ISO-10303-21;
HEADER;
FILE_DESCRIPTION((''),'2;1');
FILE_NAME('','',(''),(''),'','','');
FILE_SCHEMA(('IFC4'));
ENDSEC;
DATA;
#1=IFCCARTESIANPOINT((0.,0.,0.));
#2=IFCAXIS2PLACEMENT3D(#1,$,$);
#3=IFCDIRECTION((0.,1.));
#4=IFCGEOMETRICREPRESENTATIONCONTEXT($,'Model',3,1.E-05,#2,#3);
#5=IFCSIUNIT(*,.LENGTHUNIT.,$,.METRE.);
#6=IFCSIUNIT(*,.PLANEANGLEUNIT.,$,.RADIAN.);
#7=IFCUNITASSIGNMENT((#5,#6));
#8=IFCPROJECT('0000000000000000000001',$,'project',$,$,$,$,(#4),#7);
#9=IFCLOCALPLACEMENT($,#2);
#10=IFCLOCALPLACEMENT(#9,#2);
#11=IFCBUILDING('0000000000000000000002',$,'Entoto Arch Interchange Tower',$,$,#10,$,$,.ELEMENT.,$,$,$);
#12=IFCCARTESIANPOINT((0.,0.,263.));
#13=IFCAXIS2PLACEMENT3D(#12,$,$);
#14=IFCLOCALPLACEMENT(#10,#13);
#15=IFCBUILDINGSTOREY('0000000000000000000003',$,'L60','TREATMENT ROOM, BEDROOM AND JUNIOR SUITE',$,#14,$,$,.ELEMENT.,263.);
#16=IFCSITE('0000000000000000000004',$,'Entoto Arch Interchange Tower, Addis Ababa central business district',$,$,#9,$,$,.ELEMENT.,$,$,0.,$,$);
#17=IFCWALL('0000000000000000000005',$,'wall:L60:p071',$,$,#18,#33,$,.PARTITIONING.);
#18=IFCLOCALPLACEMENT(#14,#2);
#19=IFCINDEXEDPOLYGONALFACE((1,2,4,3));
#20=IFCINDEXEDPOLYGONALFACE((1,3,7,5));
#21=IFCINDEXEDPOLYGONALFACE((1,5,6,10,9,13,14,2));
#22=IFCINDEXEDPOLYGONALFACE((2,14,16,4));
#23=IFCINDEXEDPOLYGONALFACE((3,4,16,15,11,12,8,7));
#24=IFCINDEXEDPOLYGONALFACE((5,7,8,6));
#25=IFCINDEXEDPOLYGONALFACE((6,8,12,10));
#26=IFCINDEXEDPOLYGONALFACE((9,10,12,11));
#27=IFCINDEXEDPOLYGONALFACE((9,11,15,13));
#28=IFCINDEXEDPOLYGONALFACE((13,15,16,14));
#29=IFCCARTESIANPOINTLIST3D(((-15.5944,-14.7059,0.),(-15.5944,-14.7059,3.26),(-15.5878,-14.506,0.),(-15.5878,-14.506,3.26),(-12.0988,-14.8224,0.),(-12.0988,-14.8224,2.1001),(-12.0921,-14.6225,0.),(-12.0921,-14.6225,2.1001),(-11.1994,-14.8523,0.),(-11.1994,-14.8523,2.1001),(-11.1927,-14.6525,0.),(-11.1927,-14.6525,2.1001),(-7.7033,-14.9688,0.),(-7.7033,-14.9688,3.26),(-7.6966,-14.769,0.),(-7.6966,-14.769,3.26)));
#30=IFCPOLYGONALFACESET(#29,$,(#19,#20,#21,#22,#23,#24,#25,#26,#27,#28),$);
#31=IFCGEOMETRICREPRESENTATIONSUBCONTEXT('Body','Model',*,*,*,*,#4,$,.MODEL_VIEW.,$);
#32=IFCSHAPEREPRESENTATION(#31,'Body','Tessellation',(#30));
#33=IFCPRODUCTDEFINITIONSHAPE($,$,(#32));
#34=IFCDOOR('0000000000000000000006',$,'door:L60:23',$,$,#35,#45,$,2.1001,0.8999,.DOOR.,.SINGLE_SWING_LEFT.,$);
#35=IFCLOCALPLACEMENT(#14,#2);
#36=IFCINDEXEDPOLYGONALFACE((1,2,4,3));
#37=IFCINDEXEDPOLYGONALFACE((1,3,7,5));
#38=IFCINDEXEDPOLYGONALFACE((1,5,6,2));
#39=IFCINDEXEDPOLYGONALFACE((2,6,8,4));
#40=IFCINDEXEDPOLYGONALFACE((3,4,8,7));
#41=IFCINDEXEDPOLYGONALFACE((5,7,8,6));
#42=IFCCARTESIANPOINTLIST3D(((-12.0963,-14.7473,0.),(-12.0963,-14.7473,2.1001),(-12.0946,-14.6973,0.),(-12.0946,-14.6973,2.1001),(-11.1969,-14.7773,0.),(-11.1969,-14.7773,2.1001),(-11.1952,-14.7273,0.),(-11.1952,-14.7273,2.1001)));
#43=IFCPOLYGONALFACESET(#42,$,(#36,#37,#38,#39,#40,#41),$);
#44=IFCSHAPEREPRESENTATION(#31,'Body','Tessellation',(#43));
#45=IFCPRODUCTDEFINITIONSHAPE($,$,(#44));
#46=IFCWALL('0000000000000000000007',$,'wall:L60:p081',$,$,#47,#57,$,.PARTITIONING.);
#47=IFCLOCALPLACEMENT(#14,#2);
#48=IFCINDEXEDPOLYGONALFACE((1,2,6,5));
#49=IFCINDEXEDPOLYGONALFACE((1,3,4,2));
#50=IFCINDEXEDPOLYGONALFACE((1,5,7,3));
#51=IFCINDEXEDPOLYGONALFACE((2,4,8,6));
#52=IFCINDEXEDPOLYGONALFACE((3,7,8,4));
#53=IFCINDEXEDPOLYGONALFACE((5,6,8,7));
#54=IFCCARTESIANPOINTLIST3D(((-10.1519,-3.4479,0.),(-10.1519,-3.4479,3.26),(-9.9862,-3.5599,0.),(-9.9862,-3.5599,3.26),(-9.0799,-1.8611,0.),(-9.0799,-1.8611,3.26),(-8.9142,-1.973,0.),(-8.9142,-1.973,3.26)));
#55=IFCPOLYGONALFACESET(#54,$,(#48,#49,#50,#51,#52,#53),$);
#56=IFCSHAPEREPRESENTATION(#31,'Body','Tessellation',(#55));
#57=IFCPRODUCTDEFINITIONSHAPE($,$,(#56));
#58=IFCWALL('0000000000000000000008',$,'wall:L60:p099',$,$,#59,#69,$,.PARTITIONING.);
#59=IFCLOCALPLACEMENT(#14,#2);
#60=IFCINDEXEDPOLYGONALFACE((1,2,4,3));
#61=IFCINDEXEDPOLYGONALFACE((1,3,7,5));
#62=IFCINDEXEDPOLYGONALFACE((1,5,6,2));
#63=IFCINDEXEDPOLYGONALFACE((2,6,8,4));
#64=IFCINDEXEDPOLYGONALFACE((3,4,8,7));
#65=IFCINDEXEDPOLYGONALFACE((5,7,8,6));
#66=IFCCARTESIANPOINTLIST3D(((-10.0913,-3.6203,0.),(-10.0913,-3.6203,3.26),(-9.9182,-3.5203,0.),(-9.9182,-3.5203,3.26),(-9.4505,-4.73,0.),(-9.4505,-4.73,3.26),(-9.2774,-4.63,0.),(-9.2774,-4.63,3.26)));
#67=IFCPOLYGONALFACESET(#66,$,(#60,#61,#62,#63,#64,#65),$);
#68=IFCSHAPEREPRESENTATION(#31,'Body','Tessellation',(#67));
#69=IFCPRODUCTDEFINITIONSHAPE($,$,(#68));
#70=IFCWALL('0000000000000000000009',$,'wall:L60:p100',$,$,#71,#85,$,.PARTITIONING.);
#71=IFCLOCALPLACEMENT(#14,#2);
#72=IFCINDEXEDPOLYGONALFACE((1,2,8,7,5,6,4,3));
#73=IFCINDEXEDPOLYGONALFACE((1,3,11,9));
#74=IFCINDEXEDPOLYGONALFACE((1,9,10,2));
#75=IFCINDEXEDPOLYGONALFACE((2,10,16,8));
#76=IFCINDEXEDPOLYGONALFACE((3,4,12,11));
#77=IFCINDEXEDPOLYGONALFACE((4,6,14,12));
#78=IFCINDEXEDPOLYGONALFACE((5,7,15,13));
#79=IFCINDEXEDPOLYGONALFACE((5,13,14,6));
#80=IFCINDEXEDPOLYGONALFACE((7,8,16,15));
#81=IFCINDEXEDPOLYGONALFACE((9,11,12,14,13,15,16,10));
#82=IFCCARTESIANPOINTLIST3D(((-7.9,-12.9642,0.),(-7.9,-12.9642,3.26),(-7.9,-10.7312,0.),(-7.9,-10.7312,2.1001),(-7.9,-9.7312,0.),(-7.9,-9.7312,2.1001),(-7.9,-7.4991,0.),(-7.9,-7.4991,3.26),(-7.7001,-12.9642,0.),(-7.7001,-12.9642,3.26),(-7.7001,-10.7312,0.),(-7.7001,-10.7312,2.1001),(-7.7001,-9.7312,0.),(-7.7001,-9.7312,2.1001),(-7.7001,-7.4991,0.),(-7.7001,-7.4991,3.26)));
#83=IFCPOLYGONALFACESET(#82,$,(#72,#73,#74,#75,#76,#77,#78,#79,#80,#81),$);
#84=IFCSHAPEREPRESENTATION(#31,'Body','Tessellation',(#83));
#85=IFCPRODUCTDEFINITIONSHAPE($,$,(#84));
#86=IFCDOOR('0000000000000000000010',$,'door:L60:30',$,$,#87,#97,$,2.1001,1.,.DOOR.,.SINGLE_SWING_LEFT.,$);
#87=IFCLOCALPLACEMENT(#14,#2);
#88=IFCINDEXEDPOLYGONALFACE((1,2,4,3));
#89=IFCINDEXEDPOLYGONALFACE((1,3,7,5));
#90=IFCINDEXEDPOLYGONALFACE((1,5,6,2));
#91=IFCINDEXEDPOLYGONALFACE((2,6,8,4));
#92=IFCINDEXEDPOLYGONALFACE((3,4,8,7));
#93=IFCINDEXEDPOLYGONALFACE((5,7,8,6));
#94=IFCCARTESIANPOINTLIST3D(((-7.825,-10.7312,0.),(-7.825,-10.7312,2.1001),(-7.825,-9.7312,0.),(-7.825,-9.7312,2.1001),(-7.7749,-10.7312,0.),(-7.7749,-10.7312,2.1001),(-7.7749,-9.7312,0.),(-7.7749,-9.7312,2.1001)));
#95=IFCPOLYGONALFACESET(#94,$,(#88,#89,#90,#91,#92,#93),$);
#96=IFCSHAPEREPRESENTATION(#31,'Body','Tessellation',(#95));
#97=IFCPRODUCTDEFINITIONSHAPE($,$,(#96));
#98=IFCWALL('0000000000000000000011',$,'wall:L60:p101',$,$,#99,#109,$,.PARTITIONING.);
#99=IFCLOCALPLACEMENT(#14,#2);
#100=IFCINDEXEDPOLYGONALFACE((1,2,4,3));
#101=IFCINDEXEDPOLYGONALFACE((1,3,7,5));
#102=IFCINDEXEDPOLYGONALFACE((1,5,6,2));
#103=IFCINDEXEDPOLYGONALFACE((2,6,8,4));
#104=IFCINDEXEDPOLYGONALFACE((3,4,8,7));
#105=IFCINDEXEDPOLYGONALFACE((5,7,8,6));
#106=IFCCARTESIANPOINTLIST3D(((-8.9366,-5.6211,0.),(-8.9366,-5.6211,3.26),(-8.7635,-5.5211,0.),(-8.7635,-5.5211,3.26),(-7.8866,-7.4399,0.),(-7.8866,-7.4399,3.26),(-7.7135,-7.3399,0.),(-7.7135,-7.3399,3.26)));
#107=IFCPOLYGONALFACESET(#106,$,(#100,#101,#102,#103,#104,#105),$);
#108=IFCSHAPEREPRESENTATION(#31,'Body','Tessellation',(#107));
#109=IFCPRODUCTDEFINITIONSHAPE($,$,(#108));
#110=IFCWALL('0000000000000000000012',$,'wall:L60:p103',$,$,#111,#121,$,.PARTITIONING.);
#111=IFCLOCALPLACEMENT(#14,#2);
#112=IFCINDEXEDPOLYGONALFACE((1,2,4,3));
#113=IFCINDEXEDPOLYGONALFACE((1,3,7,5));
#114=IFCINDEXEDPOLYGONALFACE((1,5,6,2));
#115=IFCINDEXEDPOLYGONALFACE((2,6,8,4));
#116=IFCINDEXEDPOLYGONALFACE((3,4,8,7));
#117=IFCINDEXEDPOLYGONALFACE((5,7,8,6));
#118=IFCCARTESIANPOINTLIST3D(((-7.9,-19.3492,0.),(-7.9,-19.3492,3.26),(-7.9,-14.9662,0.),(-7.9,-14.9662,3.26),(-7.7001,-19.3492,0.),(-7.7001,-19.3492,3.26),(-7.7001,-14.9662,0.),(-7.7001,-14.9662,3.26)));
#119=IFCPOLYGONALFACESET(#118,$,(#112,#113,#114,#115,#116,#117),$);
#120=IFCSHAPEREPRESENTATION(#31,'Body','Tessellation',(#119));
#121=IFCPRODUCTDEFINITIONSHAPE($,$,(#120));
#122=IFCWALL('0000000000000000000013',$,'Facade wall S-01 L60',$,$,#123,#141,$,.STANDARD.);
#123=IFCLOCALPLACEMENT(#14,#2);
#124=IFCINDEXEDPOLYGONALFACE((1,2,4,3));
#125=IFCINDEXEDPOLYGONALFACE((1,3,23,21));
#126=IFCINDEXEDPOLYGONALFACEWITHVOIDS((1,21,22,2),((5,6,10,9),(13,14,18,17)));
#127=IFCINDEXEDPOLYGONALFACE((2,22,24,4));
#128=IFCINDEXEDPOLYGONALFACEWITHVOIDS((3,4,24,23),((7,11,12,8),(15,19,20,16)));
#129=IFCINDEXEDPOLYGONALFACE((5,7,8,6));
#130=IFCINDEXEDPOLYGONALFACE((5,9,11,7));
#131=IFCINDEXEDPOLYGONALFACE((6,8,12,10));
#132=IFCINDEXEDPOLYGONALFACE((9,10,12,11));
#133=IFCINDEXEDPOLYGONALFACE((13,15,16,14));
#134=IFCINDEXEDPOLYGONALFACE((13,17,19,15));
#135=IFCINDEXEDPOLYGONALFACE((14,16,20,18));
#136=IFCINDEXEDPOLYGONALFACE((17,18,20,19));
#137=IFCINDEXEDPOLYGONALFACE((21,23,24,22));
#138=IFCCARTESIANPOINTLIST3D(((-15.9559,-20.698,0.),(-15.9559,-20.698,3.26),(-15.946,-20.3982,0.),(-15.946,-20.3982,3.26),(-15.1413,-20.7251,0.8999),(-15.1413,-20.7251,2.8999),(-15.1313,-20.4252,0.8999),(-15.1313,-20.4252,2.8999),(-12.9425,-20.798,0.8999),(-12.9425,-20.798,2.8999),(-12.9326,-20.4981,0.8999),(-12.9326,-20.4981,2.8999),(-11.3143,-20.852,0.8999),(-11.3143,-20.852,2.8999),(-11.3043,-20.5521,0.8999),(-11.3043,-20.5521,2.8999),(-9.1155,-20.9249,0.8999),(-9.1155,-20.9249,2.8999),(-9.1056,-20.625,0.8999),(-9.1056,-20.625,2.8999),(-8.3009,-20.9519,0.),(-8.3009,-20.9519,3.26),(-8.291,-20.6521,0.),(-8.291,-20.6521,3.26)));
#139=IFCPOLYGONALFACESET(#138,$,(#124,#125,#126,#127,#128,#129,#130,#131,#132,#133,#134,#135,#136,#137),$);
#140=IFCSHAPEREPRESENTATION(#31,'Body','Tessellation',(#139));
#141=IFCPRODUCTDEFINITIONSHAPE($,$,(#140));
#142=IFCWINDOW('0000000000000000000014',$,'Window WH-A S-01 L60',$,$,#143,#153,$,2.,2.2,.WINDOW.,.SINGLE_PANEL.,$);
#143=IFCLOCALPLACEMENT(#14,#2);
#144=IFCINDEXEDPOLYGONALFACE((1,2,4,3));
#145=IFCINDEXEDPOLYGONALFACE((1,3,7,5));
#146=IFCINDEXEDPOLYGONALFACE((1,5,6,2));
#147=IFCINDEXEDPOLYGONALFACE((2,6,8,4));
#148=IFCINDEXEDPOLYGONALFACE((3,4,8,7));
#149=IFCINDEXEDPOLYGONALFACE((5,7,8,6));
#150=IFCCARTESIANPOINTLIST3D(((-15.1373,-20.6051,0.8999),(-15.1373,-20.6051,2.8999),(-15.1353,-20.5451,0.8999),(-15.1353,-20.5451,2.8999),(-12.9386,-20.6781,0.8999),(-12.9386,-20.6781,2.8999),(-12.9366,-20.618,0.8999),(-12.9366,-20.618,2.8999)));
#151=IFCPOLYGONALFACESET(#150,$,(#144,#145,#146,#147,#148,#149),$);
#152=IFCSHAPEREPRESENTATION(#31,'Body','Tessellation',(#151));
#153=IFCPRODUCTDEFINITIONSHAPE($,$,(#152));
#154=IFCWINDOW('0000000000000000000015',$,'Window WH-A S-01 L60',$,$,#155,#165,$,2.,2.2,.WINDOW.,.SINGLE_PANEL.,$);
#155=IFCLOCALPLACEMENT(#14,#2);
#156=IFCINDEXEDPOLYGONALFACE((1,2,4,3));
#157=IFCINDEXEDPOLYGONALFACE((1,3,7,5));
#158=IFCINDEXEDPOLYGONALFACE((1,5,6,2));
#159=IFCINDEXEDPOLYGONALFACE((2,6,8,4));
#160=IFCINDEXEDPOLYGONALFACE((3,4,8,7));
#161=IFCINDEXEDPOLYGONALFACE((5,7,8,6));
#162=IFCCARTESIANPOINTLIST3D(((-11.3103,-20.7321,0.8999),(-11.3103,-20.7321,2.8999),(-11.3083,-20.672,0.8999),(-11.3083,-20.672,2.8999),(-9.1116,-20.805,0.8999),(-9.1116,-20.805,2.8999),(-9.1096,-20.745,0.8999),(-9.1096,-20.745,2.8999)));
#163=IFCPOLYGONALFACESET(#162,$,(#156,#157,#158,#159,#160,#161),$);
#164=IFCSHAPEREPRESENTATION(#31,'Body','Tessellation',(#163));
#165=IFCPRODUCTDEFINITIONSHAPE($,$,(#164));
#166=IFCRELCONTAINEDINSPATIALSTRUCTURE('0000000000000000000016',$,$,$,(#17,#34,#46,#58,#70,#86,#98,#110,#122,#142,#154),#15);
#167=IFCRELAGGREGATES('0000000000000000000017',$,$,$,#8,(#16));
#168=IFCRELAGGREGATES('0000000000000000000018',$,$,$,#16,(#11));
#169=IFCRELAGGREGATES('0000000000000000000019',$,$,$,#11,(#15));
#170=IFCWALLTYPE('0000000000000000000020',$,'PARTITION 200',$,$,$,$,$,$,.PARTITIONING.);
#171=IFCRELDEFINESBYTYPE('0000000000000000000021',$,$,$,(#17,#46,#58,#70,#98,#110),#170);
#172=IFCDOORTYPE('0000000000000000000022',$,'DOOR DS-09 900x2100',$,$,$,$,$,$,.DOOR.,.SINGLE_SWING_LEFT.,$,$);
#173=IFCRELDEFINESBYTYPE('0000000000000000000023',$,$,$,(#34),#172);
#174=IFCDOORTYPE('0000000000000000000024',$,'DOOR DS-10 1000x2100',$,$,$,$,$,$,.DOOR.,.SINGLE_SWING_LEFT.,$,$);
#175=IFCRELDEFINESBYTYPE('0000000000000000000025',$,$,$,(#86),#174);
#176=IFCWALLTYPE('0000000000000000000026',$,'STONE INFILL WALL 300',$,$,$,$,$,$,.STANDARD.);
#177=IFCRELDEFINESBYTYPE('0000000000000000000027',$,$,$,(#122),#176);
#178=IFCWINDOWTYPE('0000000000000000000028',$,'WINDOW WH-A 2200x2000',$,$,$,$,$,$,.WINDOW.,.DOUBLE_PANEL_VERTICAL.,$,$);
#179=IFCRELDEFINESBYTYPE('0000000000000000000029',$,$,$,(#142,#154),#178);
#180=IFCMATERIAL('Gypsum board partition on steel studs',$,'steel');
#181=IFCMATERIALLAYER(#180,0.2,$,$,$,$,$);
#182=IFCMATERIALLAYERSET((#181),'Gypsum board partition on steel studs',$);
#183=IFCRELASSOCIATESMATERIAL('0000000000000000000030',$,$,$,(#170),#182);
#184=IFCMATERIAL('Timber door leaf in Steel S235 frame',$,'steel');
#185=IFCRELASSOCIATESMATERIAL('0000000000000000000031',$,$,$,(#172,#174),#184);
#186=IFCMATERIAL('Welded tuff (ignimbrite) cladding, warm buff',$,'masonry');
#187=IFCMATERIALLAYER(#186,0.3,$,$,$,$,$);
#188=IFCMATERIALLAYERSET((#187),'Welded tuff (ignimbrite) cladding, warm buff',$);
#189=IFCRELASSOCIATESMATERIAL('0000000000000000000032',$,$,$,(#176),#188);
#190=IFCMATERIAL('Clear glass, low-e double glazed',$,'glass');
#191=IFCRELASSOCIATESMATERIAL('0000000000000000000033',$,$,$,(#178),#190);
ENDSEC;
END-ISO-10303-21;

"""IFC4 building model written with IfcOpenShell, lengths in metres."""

from ifc_helpers import new_model, si_unit, direction, frame, frame_2d, origin, place, context, subcontext, project, spatial, rectangle, extrude, material, layer, layer_set, type_object, element, fill, save


model = new_model("IFC4")

# Units and contexts
model_context = context("Model", 3, precision=1e-05, world=origin(), true_north=direction((0.0, 1.0)))
body_context = subcontext(model_context, "Body", "Model", "MODEL_VIEW")
ifc_project = project(units=[si_unit("LENGTHUNIT", "METRE"), si_unit("PLANEANGLEUNIT", "RADIAN")], contexts=[model_context])

# Site, building, storey
site_placement = place(None, origin())
site = spatial("IfcSite", under=ifc_project, at=site_placement, Name="Entoto Arch Interchange Tower, Addis Ababa central business district", CompositionType="ELEMENT", RefElevation=0.0)
building_placement = place(site_placement, origin())
building = spatial("IfcBuilding", under=site, at=building_placement, Name="Entoto Arch Interchange Tower", CompositionType="ELEMENT")
storey_placement = place(building_placement, frame((0.0, 0.0, 263.0)))
storey = spatial("IfcBuildingStorey", under=building, at=storey_placement, Name="L60", Description="TREATMENT ROOM, BEDROOM AND JUNIOR SUITE", CompositionType="ELEMENT", Elevation=263.0)

# Shared definitions
ifc_material_1 = material(Name="Gypsum board partition on steel studs", Category="steel")
ifc_layer_1 = layer(ifc_material_1, 0.2)
ifc_layer_set_1 = layer_set([ifc_layer_1], Name="Gypsum board partition on steel studs")
wall_type_1 = type_object("IfcWallType", Name="PARTITION 200", PredefinedType="PARTITIONING", material=ifc_layer_set_1)

# Wall, opening, door
ifc_material_2 = material(Name="Timber door leaf in Steel S235 frame", Category="steel")
door_type_1 = type_object("IfcDoorType", Name="DOOR DS-09 900x2100", OperationType="SINGLE_SWING_LEFT", PredefinedType="DOOR", material=ifc_material_2)
wall_1_placement = place(storey_placement, frame((-7.7, -14.8689, 0.0), z_axis=(0.0, 0.0, 1.0), x_axis=(-0.999445, 0.033302, 0.0)))
wall_1 = element("IfcWall", 1, at=wall_1_placement, inside=storey, type_object=wall_type_1, Name="wall:L60:p071", PredefinedType="PARTITIONING", context=body_context, shape_type="SweptSolid", body=[
    extrude(rectangle(XDim=7.8955, YDim=0.2, at=frame_2d((3.9478, 0.0))), origin(), (0.0, 0.0, 1.0), 3.26),
])
opening_1_placement = place(wall_1_placement, frame((3.498, 0.0, 0.0)))
opening_1 = element("IfcOpeningElement", 2, at=opening_1_placement, cuts=wall_1, PredefinedType="OPENING", context=body_context, shape_type="SweptSolid", body=[
    extrude(rectangle(XDim=0.8999, YDim=2.1001, at=frame_2d((0.45, 1.05))), frame((0.0, 0.1099, 0.0), z_axis=(0.0, -1.0, 0.0), x_axis=(1.0, 0.0, 0.0)), (0.0, 0.0, 1.0), 0.22),
])
door_1_placement = place(opening_1_placement, origin())
door_1 = element("IfcDoor", 3, at=door_1_placement, inside=storey, type_object=door_type_1, Name="door:L60:23", OperationType="SINGLE_SWING_LEFT", OverallHeight=2.1001, OverallWidth=0.8999, PredefinedType="DOOR", context=body_context, shape_type="SweptSolid", body=[
    extrude(rectangle(XDim=0.8999, YDim=2.1001, at=frame_2d((0.45, 1.05))), frame((0.0, 0.0249, 0.0), z_axis=(0.0, -1.0, 0.0), x_axis=(1.0, 0.0, 0.0)), (0.0, 0.0, 1.0), 0.05),
])
fill(opening_1, door_1)

# Walls
wall_2_placement = place(storey_placement, frame((-10.0691, -3.5039, 0.0), z_axis=(0.0, 0.0, 1.0), x_axis=(0.559779, 0.828642, 0.0)))
element("IfcWall", 4, at=wall_2_placement, inside=storey, type_object=wall_type_1, Name="wall:L60:p081", PredefinedType="PARTITIONING", context=body_context, shape_type="SweptSolid", body=[
    extrude(rectangle(XDim=1.915, YDim=0.2, at=frame_2d((0.9575, 0.0))), origin(), (0.0, 0.0, 1.0), 3.26),
])
wall_3_placement = place(storey_placement, frame((-9.364, -4.6799, 0.0), z_axis=(0.0, 0.0, 1.0), x_axis=(-0.500052, 0.865995, 0.0)))
element("IfcWall", 5, at=wall_3_placement, inside=storey, type_object=wall_type_1, Name="wall:L60:p099", PredefinedType="PARTITIONING", context=body_context, shape_type="SweptSolid", body=[
    extrude(rectangle(XDim=1.2815, YDim=0.2, at=frame_2d((0.6406, 0.0))), origin(), (0.0, 0.0, 1.0), 3.26),
])

# Wall, opening, door
wall_4_placement = place(storey_placement, frame((-7.8, -12.9641, 0.0), z_axis=(0.0, 0.0, 1.0), x_axis=(0.0, 1.0, 0.0)))
wall_4 = element("IfcWall", 6, at=wall_4_placement, inside=storey, type_object=wall_type_1, Name="wall:L60:p100", PredefinedType="PARTITIONING", context=body_context, shape_type="SweptSolid", body=[
    extrude(rectangle(XDim=5.4651, YDim=0.2, at=frame_2d((2.7324, 0.0))), origin(), (0.0, 0.0, 1.0), 3.26),
])
opening_2_placement = place(wall_4_placement, frame((2.2329, 0.0, 0.0)))
opening_2 = element("IfcOpeningElement", 7, at=opening_2_placement, cuts=wall_4, PredefinedType="OPENING", context=body_context, shape_type="SweptSolid", body=[
    extrude(rectangle(XDim=1.0, YDim=2.1001, at=frame_2d((0.5, 1.05))), frame((0.0, 0.1099, 0.0), z_axis=(0.0, -1.0, 0.0), x_axis=(1.0, 0.0, 0.0)), (0.0, 0.0, 1.0), 0.22),
])
door_type_2 = type_object("IfcDoorType", Name="DOOR DS-10 1000x2100", OperationType="SINGLE_SWING_LEFT", PredefinedType="DOOR", material=ifc_material_2)
door_2_placement = place(opening_2_placement, origin())
door_2 = element("IfcDoor", 8, at=door_2_placement, inside=storey, type_object=door_type_2, Name="door:L60:30", OperationType="SINGLE_SWING_LEFT", OverallHeight=2.1001, OverallWidth=1.0, PredefinedType="DOOR", context=body_context, shape_type="SweptSolid", body=[
    extrude(rectangle(XDim=1.0, YDim=2.1001, at=frame_2d((0.5, 1.05))), frame((0.0, 0.0249, 0.0), z_axis=(0.0, -1.0, 0.0), x_axis=(1.0, 0.0, 0.0)), (0.0, 0.0, 1.0), 0.05),
])
fill(opening_2, door_2)

# Walls
wall_5_placement = place(storey_placement, frame((-7.8, -7.3899, 0.0), z_axis=(0.0, 0.0, 1.0), x_axis=(-0.499977, 0.866038, 0.0)))
element("IfcWall", 9, at=wall_5_placement, inside=storey, type_object=wall_type_1, Name="wall:L60:p101", PredefinedType="PARTITIONING", context=body_context, shape_type="SweptSolid", body=[
    extrude(rectangle(XDim=2.1001, YDim=0.2, at=frame_2d((1.05, 0.0))), origin(), (0.0, 0.0, 1.0), 3.26),
])
wall_6_placement = place(storey_placement, frame((-7.8, -19.3491, 0.0), z_axis=(0.0, 0.0, 1.0), x_axis=(0.0, 1.0, 0.0)))
element("IfcWall", 10, at=wall_6_placement, inside=storey, type_object=wall_type_1, Name="wall:L60:p103", PredefinedType="PARTITIONING", context=body_context, shape_type="SweptSolid", body=[
    extrude(rectangle(XDim=4.3831, YDim=0.2, at=frame_2d((2.1914, 0.0))), origin(), (0.0, 0.0, 1.0), 3.26),
])

# Wall, openings, windows
ifc_material_3 = material(Name="Welded tuff (ignimbrite) cladding, warm buff", Category="masonry")
ifc_layer_2 = layer(ifc_material_3, 0.3)
ifc_layer_set_2 = layer_set([ifc_layer_2], Name="Welded tuff (ignimbrite) cladding, warm buff")
wall_type_2 = type_object("IfcWallType", Name="STONE INFILL WALL 300", PredefinedType="STANDARD", material=ifc_layer_set_2)
wall_7_placement = place(storey_placement, frame((-15.9509, -20.5481, 0.0), z_axis=(0.0, 0.0, 1.0), x_axis=(0.99945, -0.03315, 0.0)))
wall_7 = element("IfcWall", 11, at=wall_7_placement, inside=storey, type_object=wall_type_2, Name="Facade wall S-01 L60", PredefinedType="STANDARD", context=body_context, shape_type="SweptSolid", body=[
    extrude(rectangle(XDim=7.6592, YDim=0.3, at=frame_2d((3.8296, 0.0))), origin(), (0.0, 0.0, 1.0), 3.26),
])
opening_3_placement = place(wall_7_placement, frame((0.8149, 0.0, 0.8999)))
opening_3 = element("IfcOpeningElement", 12, at=opening_3_placement, cuts=wall_7, PredefinedType="OPENING", context=body_context, shape_type="SweptSolid", body=[
    extrude(rectangle(XDim=2.2, YDim=2.0, at=frame_2d((1.1001, 1.0))), frame((0.0, 0.1602, 0.0), z_axis=(0.0, -1.0, 0.0), x_axis=(1.0, 0.0, 0.0)), (0.0, 0.0, 1.0), 0.3201),
])
opening_4_placement = place(wall_7_placement, frame((4.644, 0.0, 0.8999)))
opening_4 = element("IfcOpeningElement", 13, at=opening_4_placement, cuts=wall_7, PredefinedType="OPENING", context=body_context, shape_type="SweptSolid", body=[
    extrude(rectangle(XDim=2.2, YDim=2.0, at=frame_2d((1.1001, 1.0))), frame((0.0, 0.1602, 0.0), z_axis=(0.0, -1.0, 0.0), x_axis=(1.0, 0.0, 0.0)), (0.0, 0.0, 1.0), 0.3201),
])
ifc_material_4 = material(Name="Clear glass, low-e double glazed", Category="glass")
window_type = type_object("IfcWindowType", Name="WINDOW WH-A 2200x2000", PartitioningType="DOUBLE_PANEL_VERTICAL", PredefinedType="WINDOW", material=ifc_material_4)
window_1_placement = place(opening_3_placement, origin())
window_1 = element("IfcWindow", 14, at=window_1_placement, inside=storey, type_object=window_type, Name="Window WH-A S-01 L60", OverallHeight=2.0, OverallWidth=2.2, PartitioningType="SINGLE_PANEL", PredefinedType="WINDOW", context=body_context, shape_type="SweptSolid", body=[
    extrude(rectangle(XDim=2.2, YDim=2.0, at=frame_2d((1.1001, 1.0))), frame((0.0, 0.03, 0.0), z_axis=(0.0, -1.0, 0.0), x_axis=(1.0, 0.0, 0.0)), (0.0, 0.0, 1.0), 0.0601),
])
fill(opening_3, window_1)
window_2_placement = place(opening_4_placement, origin())
window_2 = element("IfcWindow", 15, at=window_2_placement, inside=storey, type_object=window_type, Name="Window WH-A S-01 L60", OverallHeight=2.0, OverallWidth=2.2, PartitioningType="SINGLE_PANEL", PredefinedType="WINDOW", context=body_context, shape_type="SweptSolid", body=[
    extrude(rectangle(XDim=2.2, YDim=2.0, at=frame_2d((1.1001, 1.0))), frame((0.0, 0.03, 0.0), z_axis=(0.0, -1.0, 0.0), x_axis=(1.0, 0.0, 0.0)), (0.0, 0.0, 1.0), 0.0601),
])
fill(opening_4, window_2)

save(model, "model.ifc")
